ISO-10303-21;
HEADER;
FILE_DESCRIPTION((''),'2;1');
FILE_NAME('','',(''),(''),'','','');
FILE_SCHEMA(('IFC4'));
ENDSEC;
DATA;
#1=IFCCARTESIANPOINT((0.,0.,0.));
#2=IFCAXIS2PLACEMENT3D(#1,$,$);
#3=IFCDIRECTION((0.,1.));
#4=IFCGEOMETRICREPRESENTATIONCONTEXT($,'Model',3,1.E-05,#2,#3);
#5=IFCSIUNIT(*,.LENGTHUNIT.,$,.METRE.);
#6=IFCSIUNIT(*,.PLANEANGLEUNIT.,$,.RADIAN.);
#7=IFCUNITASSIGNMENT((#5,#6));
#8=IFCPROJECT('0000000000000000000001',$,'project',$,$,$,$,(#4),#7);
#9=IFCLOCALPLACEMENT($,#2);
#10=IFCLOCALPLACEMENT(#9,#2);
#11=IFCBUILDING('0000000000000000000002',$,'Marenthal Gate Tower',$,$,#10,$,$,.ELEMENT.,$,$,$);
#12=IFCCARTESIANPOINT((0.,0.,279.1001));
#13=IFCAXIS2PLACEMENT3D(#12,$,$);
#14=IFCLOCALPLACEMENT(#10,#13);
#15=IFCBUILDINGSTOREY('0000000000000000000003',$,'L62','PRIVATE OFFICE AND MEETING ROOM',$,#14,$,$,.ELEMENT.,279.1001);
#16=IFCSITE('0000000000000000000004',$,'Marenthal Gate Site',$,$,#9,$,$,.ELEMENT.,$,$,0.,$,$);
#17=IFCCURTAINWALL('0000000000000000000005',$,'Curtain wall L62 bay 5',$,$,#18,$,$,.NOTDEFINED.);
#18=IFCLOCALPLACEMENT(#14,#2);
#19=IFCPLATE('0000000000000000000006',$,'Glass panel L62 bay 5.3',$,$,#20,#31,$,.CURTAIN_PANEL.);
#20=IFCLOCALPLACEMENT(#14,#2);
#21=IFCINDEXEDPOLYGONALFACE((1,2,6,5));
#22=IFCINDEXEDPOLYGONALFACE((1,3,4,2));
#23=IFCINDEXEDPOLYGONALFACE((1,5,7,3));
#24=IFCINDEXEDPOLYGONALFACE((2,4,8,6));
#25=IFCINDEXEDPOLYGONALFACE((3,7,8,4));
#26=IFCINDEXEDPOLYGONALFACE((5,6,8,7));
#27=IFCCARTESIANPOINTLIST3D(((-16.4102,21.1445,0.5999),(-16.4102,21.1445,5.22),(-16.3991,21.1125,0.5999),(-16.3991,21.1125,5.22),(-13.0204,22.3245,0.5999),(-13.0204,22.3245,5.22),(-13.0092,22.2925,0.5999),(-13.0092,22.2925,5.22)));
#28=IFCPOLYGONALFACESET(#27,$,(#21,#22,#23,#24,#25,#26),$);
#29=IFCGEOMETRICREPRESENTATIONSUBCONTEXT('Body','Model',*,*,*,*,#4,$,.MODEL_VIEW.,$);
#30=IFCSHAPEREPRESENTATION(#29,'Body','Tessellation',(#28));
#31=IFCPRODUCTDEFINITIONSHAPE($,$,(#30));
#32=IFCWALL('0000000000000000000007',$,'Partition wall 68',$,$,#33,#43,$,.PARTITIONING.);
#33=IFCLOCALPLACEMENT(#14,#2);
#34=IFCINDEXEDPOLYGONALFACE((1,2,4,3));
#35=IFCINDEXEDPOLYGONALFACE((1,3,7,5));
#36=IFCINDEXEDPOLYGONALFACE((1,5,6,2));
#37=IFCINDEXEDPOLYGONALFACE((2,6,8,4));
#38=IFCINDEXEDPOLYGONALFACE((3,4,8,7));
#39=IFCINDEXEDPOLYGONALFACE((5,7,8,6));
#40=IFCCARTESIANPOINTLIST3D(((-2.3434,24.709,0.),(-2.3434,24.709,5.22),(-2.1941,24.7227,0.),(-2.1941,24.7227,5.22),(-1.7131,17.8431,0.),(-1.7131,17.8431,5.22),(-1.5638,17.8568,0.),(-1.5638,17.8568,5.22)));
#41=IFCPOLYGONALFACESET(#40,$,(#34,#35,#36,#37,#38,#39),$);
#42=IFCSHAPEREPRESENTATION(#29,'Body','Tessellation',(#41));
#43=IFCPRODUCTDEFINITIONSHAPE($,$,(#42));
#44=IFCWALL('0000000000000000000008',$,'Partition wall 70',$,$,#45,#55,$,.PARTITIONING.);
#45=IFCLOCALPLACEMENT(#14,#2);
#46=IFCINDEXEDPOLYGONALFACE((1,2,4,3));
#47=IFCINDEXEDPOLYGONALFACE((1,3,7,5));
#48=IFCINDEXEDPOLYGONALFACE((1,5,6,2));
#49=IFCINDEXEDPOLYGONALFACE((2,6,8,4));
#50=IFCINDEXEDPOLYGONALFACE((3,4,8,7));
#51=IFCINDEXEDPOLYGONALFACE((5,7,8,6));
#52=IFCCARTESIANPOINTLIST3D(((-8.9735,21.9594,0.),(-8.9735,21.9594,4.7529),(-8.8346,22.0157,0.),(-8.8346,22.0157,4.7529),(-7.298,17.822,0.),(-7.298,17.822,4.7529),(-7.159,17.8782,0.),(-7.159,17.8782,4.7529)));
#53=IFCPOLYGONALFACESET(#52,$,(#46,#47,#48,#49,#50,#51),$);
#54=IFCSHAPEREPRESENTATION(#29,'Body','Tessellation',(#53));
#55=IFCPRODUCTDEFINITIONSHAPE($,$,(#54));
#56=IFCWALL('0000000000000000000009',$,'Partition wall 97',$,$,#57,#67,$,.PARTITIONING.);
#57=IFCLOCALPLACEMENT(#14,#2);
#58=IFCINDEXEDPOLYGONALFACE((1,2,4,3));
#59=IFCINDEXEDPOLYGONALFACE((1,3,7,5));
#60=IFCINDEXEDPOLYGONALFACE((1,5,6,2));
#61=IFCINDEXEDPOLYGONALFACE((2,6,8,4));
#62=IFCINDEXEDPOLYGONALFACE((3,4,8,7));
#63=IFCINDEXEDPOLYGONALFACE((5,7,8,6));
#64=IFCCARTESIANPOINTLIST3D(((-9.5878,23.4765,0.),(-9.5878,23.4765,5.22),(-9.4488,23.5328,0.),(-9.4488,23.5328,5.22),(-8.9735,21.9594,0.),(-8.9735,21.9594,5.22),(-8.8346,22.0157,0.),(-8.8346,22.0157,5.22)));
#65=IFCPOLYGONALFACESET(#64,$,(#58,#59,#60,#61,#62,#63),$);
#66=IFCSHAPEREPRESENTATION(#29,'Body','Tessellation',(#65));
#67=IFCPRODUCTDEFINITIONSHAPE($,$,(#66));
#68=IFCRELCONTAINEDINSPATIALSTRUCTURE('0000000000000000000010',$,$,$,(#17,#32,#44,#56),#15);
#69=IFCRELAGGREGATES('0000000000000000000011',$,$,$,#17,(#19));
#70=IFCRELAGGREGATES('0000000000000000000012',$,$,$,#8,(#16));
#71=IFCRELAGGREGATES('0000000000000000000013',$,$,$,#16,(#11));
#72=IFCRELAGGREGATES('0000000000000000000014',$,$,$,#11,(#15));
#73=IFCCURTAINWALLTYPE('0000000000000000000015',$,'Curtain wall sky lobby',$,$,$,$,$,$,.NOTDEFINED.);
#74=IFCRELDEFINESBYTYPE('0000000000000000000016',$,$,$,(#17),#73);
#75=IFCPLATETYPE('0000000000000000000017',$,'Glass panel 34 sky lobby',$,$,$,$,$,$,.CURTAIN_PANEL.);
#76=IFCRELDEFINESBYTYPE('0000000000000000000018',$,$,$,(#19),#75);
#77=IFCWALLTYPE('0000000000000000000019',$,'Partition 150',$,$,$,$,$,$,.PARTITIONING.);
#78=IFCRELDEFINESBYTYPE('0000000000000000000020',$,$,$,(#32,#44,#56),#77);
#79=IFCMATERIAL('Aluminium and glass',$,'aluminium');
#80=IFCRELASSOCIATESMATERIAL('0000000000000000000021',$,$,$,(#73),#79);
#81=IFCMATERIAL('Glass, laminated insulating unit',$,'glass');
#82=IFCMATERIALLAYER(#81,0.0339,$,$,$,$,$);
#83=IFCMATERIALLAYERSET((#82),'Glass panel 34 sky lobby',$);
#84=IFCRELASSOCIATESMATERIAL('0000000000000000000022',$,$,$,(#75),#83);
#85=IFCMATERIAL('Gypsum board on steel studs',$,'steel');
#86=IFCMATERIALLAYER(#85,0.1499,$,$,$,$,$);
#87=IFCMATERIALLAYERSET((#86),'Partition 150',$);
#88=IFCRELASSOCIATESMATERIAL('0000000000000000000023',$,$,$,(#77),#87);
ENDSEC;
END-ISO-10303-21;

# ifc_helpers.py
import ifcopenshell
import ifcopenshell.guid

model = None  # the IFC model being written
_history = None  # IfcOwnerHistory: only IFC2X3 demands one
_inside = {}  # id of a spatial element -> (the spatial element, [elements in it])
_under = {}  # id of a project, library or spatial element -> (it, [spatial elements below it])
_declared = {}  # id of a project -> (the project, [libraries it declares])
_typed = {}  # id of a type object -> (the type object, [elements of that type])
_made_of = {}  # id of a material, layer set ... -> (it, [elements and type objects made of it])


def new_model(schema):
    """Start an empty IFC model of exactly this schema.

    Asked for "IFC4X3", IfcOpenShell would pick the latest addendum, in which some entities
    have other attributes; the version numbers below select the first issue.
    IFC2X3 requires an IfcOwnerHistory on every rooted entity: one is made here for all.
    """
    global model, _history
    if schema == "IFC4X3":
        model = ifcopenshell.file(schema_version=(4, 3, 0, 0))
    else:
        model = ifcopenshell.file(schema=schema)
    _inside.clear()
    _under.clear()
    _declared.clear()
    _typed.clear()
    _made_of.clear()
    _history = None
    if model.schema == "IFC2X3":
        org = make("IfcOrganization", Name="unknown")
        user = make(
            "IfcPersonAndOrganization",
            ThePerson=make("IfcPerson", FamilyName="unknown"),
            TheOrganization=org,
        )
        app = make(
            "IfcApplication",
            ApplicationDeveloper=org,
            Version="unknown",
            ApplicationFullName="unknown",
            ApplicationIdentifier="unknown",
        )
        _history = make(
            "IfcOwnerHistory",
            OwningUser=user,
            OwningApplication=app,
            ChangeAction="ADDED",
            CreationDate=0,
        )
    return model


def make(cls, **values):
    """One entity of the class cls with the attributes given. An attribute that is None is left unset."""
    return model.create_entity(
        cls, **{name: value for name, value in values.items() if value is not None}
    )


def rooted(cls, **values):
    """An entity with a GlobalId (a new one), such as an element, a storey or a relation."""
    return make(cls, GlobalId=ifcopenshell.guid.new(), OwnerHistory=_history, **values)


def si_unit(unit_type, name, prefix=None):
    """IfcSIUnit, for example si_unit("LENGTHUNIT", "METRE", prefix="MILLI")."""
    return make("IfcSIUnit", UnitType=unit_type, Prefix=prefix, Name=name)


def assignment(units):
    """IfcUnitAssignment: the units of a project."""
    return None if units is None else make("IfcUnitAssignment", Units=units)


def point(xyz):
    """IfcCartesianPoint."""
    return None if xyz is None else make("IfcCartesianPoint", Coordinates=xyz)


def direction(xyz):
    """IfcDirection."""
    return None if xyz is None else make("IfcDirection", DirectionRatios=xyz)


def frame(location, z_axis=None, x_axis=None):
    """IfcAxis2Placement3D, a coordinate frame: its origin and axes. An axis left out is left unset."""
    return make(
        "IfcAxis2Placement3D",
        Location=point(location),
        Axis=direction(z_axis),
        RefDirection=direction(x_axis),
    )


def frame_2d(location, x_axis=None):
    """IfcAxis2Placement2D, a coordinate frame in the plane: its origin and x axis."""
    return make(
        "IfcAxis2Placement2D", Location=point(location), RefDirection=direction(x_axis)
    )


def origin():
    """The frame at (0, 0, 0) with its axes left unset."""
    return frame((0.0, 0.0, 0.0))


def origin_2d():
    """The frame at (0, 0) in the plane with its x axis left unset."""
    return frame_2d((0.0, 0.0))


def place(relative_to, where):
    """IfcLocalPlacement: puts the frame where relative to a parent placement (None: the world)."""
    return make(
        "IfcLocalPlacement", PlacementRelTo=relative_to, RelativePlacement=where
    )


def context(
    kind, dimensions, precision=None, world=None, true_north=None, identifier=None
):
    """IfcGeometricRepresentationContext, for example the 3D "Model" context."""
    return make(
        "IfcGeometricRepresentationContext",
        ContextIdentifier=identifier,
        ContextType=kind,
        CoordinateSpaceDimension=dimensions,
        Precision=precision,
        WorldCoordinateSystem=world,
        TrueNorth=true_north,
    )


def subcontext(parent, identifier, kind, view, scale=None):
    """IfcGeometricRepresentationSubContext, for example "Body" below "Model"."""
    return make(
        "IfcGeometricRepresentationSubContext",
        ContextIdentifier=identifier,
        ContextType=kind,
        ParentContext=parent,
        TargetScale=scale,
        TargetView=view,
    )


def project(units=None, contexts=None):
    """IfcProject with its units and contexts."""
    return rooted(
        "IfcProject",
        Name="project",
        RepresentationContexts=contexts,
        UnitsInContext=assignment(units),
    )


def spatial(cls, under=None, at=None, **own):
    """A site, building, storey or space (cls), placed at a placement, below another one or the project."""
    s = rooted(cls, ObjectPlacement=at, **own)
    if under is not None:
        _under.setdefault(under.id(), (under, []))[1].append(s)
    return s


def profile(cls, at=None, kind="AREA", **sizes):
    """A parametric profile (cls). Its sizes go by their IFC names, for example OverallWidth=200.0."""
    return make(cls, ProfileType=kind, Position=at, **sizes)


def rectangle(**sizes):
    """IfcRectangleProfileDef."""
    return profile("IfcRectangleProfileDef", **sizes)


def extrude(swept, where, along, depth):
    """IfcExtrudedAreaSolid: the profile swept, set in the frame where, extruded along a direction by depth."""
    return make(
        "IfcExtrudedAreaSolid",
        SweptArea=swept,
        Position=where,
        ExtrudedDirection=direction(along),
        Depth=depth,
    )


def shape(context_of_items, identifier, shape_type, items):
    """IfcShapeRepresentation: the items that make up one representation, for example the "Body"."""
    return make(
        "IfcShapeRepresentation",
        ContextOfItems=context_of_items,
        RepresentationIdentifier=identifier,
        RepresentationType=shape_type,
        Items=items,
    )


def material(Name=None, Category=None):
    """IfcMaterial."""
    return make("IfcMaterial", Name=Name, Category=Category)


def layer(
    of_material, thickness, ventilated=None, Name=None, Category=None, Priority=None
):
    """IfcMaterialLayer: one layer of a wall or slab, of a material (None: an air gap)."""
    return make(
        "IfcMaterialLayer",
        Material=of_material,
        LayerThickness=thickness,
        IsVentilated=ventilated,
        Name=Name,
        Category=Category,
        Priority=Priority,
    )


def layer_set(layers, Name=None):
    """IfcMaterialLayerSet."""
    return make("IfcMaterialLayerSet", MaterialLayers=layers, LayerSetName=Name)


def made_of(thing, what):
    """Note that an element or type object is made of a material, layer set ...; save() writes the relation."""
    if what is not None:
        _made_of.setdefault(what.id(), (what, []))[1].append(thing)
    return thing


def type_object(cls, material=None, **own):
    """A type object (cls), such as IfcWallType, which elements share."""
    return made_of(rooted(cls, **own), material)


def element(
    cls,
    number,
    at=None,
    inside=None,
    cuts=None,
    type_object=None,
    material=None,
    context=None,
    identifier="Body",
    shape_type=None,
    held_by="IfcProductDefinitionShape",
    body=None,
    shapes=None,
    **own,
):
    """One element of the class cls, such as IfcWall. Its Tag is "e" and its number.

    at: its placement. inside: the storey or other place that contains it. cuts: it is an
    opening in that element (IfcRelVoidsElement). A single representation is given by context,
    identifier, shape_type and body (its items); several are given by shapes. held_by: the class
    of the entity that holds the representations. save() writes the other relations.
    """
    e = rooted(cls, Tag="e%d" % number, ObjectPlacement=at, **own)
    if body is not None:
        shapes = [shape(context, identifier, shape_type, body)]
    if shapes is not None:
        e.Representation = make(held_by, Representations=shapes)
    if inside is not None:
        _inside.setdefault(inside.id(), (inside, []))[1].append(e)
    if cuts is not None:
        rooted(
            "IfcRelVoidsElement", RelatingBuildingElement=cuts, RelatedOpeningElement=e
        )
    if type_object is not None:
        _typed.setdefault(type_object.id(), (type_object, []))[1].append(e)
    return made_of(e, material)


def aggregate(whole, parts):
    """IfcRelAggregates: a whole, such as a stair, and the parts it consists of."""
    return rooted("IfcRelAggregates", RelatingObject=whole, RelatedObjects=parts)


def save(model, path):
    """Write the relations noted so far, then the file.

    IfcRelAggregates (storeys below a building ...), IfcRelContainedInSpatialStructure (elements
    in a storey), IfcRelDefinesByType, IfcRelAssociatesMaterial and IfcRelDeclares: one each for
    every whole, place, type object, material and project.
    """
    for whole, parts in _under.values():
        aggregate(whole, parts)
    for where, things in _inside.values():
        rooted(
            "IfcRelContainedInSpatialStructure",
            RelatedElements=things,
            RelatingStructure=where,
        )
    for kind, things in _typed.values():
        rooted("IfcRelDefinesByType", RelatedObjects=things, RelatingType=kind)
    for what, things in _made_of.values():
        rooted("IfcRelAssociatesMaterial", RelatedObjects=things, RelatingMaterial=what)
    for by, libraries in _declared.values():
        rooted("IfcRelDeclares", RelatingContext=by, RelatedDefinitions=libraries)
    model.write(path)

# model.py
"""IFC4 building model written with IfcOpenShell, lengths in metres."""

from ifc_helpers import new_model, si_unit, direction, frame, frame_2d, origin, origin_2d, place, context, subcontext, project, spatial, rectangle, extrude, material, layer, layer_set, type_object, element, aggregate, save


model = new_model("IFC4")

# Units and contexts
model_context = context("Model", 3, precision=1e-05, world=origin(), true_north=direction((0.0, 1.0)))
body_context = subcontext(model_context, "Body", "Model", "MODEL_VIEW")
ifc_project = project(units=[si_unit("LENGTHUNIT", "METRE"), si_unit("PLANEANGLEUNIT", "RADIAN")], contexts=[model_context])

# Site, building, storey
site_placement = place(None, origin())
site = spatial("IfcSite", under=ifc_project, at=site_placement, Name="Marenthal Gate Site", CompositionType="ELEMENT", RefElevation=0.0)
building_placement = place(site_placement, origin())
building = spatial("IfcBuilding", under=site, at=building_placement, Name="Marenthal Gate Tower", CompositionType="ELEMENT")
storey_placement = place(building_placement, frame((0.0, 0.0, 279.1001)))
storey = spatial("IfcBuildingStorey", under=building, at=storey_placement, Name="L62", Description="PRIVATE OFFICE AND MEETING ROOM", CompositionType="ELEMENT", Elevation=279.1001)

# Curtain wall
ifc_material_1 = material(Name="Aluminium and glass", Category="aluminium")
curtain_wall_type = type_object("IfcCurtainWallType", Name="Curtain wall sky lobby", PredefinedType="NOTDEFINED", material=ifc_material_1)
curtain_wall_1_placement = place(storey_placement, origin())
curtain_wall_1 = element("IfcCurtainWall", 1, at=curtain_wall_1_placement, inside=storey, type_object=curtain_wall_type, Name="Curtain wall L62 bay 5", PredefinedType="NOTDEFINED")

# Plate
ifc_material_2 = material(Name="Glass, laminated insulating unit", Category="glass")
ifc_layer_1 = layer(ifc_material_2, 0.0339)
ifc_layer_set_1 = layer_set([ifc_layer_1], Name="Glass panel 34 sky lobby")
plate_type = type_object("IfcPlateType", Name="Glass panel 34 sky lobby", PredefinedType="CURTAIN_PANEL", material=ifc_layer_set_1)
plate_1_placement = place(storey_placement, frame((-14.7097, 21.7185, 0.5999), z_axis=(0.0, 0.0, 1.0), x_axis=(-0.944415, -0.328757, 0.0)))
plate_1 = element("IfcPlate", 2, at=plate_1_placement, type_object=plate_type, Name="Glass panel L62 bay 5.3", PredefinedType="CURTAIN_PANEL", context=body_context, shape_type="SweptSolid", body=[
    extrude(rectangle(XDim=3.5894, YDim=0.0339, at=origin_2d()), origin(), (0.0, 0.0, 1.0), 4.6201),
])
aggregate(curtain_wall_1, [plate_1])

# Walls
ifc_material_3 = material(Name="Gypsum board on steel studs", Category="steel")
ifc_layer_2 = layer(ifc_material_3, 0.1499)
ifc_layer_set_2 = layer_set([ifc_layer_2], Name="Partition 150")
wall_type = type_object("IfcWallType", Name="Partition 150", PredefinedType="PARTITIONING", material=ifc_layer_set_2)
wall_1_placement = place(storey_placement, frame((-1.6384, 17.8501, 0.0), z_axis=(0.0, 0.0, 1.0), x_axis=(-0.091426, 0.995812, 0.0)))
element("IfcWall", 3, at=wall_1_placement, inside=storey, type_object=wall_type, Name="Partition wall 68", PredefinedType="PARTITIONING", context=body_context, shape_type="SweptSolid", body=[
    extrude(rectangle(XDim=6.8948, YDim=0.1499, at=frame_2d((3.4473, 0.0))), origin(), (0.0, 0.0, 1.0), 5.22),
])
wall_2_placement = place(storey_placement, frame((-7.2285, 17.8501, 0.0), z_axis=(0.0, 0.0, 1.0), x_axis=(-0.375357, 0.92688, 0.0)))
element("IfcWall", 4, at=wall_2_placement, inside=storey, type_object=wall_type, Name="Partition wall 70", PredefinedType="PARTITIONING", context=body_context, shape_type="SweptSolid", body=[
    extrude(rectangle(XDim=4.4639, YDim=0.1499, at=frame_2d((2.2319, 0.0))), origin(), (0.0, 0.0, 1.0), 4.7529),
])
wall_3_placement = place(storey_placement, frame((-8.9041, 21.9875, 0.0), z_axis=(0.0, 0.0, 1.0), x_axis=(-0.375297, 0.926905, 0.0)))
element("IfcWall", 5, at=wall_3_placement, inside=storey, type_object=wall_type, Name="Partition wall 97", PredefinedType="PARTITIONING", context=body_context, shape_type="SweptSolid", body=[
    extrude(rectangle(XDim=1.6367, YDim=0.1499, at=frame_2d((0.8184, 0.0))), origin(), (0.0, 0.0, 1.0), 5.22),
])

save(model, "model.ifc")
